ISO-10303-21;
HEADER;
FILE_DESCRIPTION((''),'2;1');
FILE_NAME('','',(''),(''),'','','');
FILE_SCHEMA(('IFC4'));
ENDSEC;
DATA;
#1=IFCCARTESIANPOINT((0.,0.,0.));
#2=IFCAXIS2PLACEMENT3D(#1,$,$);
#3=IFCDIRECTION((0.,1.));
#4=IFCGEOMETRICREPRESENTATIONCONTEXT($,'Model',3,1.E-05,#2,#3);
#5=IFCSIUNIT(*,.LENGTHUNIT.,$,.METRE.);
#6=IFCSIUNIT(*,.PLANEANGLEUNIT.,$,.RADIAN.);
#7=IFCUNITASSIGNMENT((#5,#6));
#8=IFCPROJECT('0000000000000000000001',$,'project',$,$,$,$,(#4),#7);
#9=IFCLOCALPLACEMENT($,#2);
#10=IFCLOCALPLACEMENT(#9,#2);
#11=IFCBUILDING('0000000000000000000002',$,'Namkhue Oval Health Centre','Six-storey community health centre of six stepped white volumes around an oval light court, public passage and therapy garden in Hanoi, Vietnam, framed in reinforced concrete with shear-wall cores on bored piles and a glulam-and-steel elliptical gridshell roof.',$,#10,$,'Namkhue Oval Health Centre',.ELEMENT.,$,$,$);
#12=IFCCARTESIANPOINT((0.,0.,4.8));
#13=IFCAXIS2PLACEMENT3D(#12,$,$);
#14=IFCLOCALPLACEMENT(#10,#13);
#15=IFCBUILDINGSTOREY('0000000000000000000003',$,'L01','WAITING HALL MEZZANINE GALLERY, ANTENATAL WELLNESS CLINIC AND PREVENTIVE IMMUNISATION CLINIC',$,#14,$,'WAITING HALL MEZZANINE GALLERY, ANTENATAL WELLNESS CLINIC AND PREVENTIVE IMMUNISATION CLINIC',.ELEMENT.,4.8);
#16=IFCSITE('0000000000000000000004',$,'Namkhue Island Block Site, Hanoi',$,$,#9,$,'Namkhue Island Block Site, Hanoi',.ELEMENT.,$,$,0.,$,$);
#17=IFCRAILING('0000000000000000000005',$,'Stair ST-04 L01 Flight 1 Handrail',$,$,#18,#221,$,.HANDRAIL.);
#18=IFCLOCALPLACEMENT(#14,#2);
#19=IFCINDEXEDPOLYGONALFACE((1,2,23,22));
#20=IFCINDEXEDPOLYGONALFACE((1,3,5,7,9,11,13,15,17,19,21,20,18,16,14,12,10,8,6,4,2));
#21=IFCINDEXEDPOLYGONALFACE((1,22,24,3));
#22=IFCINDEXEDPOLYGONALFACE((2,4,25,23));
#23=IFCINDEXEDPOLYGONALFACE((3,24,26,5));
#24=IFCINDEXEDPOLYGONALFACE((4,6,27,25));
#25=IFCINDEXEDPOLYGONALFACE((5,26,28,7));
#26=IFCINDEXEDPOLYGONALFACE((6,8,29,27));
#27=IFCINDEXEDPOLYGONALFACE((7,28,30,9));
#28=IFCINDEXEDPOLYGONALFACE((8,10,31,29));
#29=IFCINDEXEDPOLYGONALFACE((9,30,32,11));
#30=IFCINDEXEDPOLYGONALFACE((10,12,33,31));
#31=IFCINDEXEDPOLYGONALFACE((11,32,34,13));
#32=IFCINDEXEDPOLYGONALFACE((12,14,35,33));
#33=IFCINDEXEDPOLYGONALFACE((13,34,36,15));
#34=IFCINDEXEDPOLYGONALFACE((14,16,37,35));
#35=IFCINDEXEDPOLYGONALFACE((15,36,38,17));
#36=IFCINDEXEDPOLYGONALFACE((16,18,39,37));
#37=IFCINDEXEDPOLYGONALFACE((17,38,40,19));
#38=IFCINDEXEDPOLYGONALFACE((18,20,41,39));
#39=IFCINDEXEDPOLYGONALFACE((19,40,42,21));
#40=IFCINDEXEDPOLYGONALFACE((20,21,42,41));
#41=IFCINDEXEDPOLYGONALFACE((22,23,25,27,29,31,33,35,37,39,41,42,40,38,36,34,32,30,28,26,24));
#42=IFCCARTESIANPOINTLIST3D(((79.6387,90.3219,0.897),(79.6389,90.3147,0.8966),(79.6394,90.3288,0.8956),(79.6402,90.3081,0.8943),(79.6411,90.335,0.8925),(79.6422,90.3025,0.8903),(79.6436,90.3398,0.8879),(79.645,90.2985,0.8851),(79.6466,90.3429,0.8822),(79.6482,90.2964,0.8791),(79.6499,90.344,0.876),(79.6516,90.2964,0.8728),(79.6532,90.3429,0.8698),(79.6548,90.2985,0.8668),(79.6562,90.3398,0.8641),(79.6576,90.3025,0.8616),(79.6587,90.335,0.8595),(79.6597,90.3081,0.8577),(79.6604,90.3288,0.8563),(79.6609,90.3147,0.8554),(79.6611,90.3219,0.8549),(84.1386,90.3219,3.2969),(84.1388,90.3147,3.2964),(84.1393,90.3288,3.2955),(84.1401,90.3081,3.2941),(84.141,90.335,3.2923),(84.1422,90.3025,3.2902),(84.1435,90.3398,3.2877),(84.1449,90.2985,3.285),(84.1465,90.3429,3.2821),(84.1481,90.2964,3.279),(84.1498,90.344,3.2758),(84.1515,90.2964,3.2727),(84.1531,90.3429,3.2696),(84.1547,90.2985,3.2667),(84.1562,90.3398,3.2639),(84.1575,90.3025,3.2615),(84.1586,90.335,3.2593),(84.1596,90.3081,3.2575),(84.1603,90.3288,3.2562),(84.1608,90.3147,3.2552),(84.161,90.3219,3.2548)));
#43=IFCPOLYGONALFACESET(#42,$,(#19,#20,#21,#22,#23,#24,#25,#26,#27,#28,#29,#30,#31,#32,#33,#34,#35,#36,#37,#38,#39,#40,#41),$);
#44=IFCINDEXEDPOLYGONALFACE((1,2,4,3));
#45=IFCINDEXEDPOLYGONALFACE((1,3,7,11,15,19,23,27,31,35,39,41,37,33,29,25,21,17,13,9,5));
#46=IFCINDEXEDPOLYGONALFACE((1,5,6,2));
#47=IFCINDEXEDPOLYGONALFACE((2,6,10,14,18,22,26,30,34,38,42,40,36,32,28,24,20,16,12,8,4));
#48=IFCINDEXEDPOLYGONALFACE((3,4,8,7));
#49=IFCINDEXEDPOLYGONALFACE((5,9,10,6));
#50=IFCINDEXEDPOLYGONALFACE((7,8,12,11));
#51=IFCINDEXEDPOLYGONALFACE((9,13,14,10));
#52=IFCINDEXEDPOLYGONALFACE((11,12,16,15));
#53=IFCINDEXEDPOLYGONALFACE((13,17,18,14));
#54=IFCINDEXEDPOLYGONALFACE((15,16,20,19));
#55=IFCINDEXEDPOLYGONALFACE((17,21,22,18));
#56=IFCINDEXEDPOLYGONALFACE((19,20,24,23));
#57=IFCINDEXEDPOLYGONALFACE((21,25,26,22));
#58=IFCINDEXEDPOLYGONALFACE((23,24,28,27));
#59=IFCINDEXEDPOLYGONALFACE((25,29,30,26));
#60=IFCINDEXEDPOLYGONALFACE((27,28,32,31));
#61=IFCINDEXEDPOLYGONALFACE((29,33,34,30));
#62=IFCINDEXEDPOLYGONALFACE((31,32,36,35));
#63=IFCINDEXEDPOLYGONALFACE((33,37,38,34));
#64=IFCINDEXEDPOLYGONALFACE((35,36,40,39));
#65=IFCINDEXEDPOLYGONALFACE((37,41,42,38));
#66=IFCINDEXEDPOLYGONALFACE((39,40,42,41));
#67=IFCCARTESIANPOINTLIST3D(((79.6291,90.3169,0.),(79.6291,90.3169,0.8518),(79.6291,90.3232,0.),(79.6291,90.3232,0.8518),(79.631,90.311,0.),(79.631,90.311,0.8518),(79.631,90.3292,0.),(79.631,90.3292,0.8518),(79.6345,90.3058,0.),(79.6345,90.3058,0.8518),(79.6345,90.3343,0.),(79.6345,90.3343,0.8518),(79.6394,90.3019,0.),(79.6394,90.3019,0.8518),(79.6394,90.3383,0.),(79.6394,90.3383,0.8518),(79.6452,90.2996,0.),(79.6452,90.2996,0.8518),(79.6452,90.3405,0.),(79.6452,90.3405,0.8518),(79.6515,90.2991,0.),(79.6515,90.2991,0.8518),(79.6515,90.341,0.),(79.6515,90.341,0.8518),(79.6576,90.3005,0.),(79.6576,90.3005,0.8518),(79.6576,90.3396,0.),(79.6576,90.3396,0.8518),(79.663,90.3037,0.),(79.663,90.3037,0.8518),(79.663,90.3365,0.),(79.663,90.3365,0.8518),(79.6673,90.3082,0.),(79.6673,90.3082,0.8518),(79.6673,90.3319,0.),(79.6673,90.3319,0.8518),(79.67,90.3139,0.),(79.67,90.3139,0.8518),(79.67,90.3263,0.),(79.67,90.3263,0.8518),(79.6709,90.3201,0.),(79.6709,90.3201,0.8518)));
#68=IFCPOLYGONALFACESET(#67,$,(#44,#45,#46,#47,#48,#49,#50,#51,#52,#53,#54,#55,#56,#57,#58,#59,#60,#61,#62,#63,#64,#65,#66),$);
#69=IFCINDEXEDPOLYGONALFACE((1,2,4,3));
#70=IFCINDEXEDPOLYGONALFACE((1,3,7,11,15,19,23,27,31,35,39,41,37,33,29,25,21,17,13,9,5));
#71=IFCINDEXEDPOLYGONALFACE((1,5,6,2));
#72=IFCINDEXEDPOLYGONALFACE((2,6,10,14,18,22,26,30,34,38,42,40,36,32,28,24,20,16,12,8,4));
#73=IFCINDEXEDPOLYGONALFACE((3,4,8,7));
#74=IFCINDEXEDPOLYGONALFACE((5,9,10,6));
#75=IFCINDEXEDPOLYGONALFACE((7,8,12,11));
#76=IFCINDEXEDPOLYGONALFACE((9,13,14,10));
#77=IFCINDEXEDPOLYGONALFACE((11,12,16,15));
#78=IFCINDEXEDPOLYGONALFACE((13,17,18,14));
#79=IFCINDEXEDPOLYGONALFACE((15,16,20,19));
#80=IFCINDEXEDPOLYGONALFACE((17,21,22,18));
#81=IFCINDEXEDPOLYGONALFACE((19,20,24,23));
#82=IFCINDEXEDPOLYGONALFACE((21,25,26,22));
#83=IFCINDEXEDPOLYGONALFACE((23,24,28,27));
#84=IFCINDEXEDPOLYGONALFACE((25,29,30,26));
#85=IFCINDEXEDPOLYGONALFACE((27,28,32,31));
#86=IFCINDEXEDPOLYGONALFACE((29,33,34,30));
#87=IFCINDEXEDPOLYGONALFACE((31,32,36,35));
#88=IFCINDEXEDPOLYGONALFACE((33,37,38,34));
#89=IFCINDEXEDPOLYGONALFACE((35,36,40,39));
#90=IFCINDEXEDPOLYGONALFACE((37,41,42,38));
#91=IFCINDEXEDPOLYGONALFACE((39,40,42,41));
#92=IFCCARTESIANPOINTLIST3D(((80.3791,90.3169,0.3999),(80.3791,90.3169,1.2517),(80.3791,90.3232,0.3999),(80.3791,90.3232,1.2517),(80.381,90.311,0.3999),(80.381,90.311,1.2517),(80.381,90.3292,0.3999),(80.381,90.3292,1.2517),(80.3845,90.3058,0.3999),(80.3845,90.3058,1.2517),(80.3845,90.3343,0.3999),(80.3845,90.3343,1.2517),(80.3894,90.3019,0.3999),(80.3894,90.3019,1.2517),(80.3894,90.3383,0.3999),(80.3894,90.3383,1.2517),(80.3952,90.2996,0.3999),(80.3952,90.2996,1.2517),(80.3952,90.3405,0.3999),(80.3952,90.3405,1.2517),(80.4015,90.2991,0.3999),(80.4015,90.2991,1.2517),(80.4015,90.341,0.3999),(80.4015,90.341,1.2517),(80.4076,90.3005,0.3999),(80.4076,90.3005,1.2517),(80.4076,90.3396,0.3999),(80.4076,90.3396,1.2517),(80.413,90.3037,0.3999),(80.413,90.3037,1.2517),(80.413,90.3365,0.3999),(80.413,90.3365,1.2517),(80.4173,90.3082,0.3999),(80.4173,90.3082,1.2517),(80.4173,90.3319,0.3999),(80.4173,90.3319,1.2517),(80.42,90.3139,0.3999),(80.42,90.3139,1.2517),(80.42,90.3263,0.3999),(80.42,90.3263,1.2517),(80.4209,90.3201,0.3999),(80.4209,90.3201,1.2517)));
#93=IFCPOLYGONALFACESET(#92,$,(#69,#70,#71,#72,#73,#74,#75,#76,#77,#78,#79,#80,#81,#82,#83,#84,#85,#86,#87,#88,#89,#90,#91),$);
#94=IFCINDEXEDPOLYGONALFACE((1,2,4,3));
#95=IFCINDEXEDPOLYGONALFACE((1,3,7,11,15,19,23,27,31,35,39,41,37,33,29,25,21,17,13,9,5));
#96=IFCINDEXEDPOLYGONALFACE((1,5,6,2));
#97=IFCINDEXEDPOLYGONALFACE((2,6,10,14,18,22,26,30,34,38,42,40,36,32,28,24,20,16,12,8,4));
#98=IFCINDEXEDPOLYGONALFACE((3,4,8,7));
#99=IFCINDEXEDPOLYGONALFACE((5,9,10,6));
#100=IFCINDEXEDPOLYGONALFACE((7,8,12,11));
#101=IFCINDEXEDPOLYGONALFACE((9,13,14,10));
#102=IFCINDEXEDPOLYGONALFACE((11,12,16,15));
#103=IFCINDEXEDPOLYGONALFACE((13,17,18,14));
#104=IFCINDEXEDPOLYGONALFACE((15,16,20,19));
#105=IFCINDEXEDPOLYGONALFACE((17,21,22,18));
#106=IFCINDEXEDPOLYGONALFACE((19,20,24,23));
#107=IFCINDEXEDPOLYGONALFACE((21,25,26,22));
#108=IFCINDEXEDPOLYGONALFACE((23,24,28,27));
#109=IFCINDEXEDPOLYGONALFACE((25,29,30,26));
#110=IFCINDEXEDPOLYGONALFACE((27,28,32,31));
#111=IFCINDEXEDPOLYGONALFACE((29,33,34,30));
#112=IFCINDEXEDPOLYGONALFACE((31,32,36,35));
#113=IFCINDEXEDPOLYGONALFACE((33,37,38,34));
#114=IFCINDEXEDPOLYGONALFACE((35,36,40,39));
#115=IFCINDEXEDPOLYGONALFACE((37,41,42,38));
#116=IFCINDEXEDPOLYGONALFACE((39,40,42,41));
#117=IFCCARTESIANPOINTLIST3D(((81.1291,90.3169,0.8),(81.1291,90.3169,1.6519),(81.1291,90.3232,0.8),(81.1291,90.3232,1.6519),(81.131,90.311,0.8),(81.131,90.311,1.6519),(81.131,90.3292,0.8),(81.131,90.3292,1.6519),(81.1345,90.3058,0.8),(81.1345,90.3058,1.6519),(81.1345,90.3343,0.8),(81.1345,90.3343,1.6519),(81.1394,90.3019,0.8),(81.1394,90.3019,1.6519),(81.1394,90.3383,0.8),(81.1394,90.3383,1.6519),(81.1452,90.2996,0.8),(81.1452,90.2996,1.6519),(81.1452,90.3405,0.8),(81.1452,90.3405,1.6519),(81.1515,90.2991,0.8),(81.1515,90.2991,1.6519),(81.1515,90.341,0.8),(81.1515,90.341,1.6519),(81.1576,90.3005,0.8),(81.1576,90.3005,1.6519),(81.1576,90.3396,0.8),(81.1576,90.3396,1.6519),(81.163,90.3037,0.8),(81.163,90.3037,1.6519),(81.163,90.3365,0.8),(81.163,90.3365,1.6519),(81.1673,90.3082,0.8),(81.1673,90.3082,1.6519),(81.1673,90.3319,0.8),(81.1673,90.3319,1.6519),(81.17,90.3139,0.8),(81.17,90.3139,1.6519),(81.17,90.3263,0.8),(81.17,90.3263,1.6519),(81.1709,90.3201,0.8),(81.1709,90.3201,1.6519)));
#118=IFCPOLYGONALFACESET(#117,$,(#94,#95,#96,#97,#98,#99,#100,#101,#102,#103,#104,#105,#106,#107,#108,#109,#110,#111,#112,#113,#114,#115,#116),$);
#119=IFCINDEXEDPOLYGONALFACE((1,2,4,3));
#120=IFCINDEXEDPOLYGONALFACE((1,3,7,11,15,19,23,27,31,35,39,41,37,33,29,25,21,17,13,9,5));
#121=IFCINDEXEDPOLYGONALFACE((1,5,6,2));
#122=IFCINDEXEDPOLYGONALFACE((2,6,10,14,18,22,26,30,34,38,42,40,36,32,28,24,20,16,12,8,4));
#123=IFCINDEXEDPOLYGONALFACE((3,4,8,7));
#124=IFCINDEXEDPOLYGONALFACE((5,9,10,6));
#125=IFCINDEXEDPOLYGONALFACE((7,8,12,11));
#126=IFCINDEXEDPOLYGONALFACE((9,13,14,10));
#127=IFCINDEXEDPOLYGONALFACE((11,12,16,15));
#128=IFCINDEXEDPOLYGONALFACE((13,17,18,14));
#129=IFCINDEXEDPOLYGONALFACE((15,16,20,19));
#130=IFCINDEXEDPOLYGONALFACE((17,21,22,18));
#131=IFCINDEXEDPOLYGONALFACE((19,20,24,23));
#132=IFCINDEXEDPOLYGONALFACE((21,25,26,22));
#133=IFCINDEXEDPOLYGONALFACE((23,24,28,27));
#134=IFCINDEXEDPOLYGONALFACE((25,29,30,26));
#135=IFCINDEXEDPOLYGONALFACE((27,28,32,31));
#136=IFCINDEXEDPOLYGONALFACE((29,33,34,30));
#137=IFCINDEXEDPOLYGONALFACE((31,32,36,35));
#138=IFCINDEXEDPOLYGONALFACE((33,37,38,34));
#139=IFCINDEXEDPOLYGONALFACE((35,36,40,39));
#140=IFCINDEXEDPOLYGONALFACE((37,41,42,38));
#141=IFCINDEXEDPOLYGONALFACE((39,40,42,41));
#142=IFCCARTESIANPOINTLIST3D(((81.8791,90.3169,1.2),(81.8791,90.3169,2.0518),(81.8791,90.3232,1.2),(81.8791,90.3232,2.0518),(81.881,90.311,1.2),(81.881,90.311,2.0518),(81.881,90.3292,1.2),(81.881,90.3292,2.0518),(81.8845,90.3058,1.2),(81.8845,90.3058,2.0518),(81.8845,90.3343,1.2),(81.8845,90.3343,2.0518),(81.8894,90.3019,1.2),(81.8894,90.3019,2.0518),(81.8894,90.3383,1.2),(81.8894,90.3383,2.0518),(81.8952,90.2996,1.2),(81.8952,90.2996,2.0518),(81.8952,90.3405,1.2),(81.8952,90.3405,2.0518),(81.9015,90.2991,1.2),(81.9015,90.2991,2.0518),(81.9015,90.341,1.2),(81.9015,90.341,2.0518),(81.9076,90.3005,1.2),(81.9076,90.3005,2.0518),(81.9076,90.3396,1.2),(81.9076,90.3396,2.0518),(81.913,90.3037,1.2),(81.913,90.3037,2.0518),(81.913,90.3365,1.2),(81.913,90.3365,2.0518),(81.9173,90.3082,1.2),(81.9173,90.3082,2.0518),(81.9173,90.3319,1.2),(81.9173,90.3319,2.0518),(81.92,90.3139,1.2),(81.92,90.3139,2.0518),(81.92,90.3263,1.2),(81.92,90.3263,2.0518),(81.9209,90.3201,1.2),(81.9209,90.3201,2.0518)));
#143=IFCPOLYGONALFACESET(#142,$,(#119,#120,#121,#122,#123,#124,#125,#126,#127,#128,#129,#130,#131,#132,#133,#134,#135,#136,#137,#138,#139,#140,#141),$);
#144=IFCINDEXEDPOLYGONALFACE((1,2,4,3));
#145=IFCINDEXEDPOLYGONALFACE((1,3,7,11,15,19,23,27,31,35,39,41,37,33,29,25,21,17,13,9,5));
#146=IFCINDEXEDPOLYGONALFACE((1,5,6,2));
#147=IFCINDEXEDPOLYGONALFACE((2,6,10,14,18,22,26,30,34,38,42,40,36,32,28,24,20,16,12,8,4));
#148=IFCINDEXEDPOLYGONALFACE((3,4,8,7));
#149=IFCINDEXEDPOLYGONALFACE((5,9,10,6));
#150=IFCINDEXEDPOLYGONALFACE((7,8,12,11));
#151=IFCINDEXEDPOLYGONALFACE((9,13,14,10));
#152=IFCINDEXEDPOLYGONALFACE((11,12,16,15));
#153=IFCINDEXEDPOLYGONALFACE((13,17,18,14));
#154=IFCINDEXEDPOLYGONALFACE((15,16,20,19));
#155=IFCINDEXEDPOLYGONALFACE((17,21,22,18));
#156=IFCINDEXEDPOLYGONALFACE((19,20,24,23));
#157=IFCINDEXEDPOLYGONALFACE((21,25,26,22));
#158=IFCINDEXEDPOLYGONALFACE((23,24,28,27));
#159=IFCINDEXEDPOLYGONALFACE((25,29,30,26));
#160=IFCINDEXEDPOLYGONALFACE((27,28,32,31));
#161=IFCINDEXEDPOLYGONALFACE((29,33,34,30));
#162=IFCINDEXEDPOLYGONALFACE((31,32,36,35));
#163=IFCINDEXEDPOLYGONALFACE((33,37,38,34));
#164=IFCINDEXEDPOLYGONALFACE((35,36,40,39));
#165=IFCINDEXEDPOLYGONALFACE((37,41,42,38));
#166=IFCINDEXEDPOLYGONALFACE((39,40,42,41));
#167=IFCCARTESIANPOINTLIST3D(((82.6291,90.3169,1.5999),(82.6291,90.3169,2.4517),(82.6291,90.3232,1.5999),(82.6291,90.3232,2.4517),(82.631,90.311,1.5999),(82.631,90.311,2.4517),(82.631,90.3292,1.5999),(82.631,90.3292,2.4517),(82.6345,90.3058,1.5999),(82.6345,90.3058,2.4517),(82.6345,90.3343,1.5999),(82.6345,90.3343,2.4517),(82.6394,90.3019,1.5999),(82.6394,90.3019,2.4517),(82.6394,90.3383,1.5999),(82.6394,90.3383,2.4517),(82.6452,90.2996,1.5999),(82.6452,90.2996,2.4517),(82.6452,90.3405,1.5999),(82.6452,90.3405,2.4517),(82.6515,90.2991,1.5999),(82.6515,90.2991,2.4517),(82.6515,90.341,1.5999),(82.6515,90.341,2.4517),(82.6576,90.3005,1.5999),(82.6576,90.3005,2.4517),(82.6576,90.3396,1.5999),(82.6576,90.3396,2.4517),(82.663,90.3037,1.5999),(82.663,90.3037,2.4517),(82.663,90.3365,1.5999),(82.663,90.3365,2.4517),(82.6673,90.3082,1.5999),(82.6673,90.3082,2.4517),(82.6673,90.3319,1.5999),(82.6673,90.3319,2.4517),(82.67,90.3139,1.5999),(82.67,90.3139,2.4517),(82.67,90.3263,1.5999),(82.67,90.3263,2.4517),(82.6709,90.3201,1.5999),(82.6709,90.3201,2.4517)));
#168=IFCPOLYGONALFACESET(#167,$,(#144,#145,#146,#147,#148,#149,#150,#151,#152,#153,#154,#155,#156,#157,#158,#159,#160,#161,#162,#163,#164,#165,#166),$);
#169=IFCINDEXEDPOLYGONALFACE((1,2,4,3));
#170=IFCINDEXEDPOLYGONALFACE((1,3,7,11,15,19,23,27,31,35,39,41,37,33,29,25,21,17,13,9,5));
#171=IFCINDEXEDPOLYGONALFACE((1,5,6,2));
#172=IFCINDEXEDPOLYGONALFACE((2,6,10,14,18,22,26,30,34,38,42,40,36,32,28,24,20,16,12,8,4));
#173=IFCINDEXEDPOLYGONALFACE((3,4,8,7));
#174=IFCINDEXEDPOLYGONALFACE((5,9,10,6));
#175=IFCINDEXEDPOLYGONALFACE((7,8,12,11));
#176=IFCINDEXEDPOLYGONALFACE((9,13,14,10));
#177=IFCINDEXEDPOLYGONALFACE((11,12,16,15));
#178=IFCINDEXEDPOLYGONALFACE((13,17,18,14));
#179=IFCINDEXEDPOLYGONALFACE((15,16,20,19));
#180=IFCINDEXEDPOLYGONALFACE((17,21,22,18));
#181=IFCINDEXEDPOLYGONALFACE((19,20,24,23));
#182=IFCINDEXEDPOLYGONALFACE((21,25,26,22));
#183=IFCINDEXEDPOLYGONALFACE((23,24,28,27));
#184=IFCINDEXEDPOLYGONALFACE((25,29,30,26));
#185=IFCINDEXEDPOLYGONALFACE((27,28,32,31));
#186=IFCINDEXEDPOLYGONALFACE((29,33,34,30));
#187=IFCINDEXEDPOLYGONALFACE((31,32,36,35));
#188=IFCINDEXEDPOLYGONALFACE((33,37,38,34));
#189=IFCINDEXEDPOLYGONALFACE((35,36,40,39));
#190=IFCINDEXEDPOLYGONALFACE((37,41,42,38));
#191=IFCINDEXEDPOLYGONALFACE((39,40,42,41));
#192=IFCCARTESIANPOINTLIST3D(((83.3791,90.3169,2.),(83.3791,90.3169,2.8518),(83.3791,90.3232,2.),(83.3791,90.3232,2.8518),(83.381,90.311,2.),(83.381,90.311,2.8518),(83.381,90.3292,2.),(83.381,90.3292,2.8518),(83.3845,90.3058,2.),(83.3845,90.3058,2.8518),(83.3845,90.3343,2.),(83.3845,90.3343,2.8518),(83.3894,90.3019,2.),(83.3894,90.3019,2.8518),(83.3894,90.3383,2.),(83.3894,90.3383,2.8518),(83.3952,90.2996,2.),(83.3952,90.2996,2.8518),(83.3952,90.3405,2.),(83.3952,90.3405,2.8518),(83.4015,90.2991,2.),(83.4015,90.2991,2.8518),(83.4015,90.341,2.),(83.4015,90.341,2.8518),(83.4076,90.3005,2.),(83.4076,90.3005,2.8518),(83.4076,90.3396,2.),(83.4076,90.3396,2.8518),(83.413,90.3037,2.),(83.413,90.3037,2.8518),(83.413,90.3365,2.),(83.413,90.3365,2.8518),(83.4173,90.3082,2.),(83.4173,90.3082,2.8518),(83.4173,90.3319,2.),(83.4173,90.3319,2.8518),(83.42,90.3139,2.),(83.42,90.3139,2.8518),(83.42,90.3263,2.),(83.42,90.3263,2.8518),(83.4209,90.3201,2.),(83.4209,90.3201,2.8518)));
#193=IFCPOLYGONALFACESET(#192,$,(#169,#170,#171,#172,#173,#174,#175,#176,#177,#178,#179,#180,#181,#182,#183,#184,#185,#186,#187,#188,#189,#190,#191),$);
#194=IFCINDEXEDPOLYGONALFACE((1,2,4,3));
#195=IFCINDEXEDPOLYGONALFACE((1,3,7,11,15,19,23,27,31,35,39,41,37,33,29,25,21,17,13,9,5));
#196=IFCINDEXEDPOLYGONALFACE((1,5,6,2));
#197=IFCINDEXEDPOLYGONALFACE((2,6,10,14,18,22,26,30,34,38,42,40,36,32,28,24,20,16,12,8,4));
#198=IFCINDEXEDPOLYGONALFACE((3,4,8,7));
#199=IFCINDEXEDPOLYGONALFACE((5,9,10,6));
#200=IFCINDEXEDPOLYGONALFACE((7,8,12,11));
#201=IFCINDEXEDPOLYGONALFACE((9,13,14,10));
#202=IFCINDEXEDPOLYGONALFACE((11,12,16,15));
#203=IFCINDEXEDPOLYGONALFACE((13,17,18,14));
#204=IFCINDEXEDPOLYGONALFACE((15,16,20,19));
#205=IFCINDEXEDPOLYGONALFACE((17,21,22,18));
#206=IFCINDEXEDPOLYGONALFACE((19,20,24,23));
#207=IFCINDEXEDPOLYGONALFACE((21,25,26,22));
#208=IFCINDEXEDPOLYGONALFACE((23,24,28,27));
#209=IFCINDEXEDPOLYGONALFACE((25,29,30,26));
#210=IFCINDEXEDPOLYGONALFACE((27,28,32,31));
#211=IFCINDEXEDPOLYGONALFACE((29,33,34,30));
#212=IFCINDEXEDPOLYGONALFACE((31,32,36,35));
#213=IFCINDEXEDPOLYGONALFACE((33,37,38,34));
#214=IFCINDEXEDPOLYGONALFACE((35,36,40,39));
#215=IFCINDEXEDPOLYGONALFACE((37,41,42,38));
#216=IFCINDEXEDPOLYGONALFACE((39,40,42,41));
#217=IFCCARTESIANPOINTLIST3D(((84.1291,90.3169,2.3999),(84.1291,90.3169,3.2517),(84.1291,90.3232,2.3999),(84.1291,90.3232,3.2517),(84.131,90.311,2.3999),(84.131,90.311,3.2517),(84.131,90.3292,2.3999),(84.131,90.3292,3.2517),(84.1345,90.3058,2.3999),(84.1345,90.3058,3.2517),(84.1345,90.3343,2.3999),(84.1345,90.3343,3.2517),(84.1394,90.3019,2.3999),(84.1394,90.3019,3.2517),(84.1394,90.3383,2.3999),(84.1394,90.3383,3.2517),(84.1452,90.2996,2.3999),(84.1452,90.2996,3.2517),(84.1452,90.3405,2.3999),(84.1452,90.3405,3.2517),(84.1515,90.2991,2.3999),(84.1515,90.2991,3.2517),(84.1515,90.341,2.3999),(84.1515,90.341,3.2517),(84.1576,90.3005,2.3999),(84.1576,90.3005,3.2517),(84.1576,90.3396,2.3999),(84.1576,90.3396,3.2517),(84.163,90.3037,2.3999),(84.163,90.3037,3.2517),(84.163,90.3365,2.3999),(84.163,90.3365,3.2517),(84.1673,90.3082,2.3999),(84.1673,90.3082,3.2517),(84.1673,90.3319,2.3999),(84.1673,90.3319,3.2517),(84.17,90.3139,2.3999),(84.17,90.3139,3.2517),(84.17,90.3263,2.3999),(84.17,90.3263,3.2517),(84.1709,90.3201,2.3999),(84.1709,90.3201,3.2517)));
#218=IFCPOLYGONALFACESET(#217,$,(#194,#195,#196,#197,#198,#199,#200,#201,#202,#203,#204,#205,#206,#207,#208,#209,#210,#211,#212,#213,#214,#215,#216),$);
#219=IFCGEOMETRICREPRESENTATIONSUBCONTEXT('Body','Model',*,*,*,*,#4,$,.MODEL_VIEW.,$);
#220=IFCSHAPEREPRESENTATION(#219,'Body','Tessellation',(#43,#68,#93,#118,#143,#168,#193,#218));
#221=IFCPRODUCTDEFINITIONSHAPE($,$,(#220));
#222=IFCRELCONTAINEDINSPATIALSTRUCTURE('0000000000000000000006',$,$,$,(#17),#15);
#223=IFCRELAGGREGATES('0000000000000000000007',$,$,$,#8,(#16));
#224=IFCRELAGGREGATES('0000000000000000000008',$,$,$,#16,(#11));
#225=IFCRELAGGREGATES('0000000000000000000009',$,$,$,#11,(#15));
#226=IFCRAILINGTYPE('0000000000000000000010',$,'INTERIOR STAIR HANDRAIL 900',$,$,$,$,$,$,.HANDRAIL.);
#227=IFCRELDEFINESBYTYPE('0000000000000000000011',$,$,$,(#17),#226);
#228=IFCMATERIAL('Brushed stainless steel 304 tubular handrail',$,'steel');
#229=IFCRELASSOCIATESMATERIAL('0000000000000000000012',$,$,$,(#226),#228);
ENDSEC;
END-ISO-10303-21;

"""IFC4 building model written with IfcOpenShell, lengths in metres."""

from ifc_helpers import new_model, si_unit, direction, frame, origin, origin_2d, place, context, subcontext, project, spatial, circle, extrude, material, type_object, element, save


model = new_model("IFC4")

# Units and contexts
model_context = context("Model", 3, precision=1e-05, world=origin(), true_north=direction((0.0, 1.0)))
body_context = subcontext(model_context, "Body", "Model", "MODEL_VIEW")
ifc_project = project(units=[si_unit("LENGTHUNIT", "METRE"), si_unit("PLANEANGLEUNIT", "RADIAN")], contexts=[model_context])

# Site, building, storey
site_placement = place(None, origin())
site = spatial("IfcSite", under=ifc_project, at=site_placement, Name="Namkhue Island Block Site, Hanoi", LongName="Namkhue Island Block Site, Hanoi", CompositionType="ELEMENT", RefElevation=0.0)
building_placement = place(site_placement, origin())
building = spatial("IfcBuilding", under=site, at=building_placement, Name="Namkhue Oval Health Centre", Description="Six-storey community health centre of six stepped white volumes around an oval light court, public passage and therapy garden in Hanoi, Vietnam, framed in reinforced concrete with shear-wall cores on bored piles and a glulam-and-steel elliptical gridshell roof.", LongName="Namkhue Oval Health Centre", CompositionType="ELEMENT")
storey_placement = place(building_placement, frame((0.0, 0.0, 4.8)))
storey = spatial("IfcBuildingStorey", under=building, at=storey_placement, Name="L01", Description="WAITING HALL MEZZANINE GALLERY, ANTENATAL WELLNESS CLINIC AND PREVENTIVE IMMUNISATION CLINIC", LongName="WAITING HALL MEZZANINE GALLERY, ANTENATAL WELLNESS CLINIC AND PREVENTIVE IMMUNISATION CLINIC", CompositionType="ELEMENT", Elevation=4.8)

# Railing
ifc_material_1 = material(Name="Brushed stainless steel 304 tubular handrail", Category="steel")
railing_type_1 = type_object("IfcRailingType", Name="INTERIOR STAIR HANDRAIL 900", PredefinedType="HANDRAIL", material=ifc_material_1)
railing_1_placement = place(storey_placement, frame((79.6499, 90.3201, 0.0)))
element("IfcRailing", 1, at=railing_1_placement, inside=storey, type_object=railing_type_1, Name="Stair ST-04 L01 Flight 1 Handrail", PredefinedType="HANDRAIL", context=body_context, shape_type="SweptSolid", body=[
    extrude(circle(Radius=0.0239, at=origin_2d()), frame((0.0, 0.0, 0.876), z_axis=(0.882361, 0.0, 0.470573), x_axis=(0.0, 1.0, 0.0)), (0.0, 0.0, 1.0), 5.0999),
    extrude(circle(Radius=0.021, at=origin_2d()), origin(), (0.0, 0.0, 1.0), 0.8518),
    extrude(circle(Radius=0.021, at=origin_2d()), frame((0.75, 0.0, 0.3999)), (0.0, 0.0, 1.0), 0.8518),
    extrude(circle(Radius=0.021, at=origin_2d()), frame((1.5, 0.0, 0.8)), (0.0, 0.0, 1.0), 0.8518),
    extrude(circle(Radius=0.021, at=origin_2d()), frame((2.25, 0.0, 1.2)), (0.0, 0.0, 1.0), 0.8518),
    extrude(circle(Radius=0.021, at=origin_2d()), frame((3.0, 0.0, 1.5999)), (0.0, 0.0, 1.0), 0.8518),
    extrude(circle(Radius=0.021, at=origin_2d()), frame((3.75, 0.0, 2.0)), (0.0, 0.0, 1.0), 0.8518),
    extrude(circle(Radius=0.021, at=origin_2d()), frame((4.5, 0.0, 2.3999)), (0.0, 0.0, 1.0), 0.8518),
])

save(model, "model.ifc")
